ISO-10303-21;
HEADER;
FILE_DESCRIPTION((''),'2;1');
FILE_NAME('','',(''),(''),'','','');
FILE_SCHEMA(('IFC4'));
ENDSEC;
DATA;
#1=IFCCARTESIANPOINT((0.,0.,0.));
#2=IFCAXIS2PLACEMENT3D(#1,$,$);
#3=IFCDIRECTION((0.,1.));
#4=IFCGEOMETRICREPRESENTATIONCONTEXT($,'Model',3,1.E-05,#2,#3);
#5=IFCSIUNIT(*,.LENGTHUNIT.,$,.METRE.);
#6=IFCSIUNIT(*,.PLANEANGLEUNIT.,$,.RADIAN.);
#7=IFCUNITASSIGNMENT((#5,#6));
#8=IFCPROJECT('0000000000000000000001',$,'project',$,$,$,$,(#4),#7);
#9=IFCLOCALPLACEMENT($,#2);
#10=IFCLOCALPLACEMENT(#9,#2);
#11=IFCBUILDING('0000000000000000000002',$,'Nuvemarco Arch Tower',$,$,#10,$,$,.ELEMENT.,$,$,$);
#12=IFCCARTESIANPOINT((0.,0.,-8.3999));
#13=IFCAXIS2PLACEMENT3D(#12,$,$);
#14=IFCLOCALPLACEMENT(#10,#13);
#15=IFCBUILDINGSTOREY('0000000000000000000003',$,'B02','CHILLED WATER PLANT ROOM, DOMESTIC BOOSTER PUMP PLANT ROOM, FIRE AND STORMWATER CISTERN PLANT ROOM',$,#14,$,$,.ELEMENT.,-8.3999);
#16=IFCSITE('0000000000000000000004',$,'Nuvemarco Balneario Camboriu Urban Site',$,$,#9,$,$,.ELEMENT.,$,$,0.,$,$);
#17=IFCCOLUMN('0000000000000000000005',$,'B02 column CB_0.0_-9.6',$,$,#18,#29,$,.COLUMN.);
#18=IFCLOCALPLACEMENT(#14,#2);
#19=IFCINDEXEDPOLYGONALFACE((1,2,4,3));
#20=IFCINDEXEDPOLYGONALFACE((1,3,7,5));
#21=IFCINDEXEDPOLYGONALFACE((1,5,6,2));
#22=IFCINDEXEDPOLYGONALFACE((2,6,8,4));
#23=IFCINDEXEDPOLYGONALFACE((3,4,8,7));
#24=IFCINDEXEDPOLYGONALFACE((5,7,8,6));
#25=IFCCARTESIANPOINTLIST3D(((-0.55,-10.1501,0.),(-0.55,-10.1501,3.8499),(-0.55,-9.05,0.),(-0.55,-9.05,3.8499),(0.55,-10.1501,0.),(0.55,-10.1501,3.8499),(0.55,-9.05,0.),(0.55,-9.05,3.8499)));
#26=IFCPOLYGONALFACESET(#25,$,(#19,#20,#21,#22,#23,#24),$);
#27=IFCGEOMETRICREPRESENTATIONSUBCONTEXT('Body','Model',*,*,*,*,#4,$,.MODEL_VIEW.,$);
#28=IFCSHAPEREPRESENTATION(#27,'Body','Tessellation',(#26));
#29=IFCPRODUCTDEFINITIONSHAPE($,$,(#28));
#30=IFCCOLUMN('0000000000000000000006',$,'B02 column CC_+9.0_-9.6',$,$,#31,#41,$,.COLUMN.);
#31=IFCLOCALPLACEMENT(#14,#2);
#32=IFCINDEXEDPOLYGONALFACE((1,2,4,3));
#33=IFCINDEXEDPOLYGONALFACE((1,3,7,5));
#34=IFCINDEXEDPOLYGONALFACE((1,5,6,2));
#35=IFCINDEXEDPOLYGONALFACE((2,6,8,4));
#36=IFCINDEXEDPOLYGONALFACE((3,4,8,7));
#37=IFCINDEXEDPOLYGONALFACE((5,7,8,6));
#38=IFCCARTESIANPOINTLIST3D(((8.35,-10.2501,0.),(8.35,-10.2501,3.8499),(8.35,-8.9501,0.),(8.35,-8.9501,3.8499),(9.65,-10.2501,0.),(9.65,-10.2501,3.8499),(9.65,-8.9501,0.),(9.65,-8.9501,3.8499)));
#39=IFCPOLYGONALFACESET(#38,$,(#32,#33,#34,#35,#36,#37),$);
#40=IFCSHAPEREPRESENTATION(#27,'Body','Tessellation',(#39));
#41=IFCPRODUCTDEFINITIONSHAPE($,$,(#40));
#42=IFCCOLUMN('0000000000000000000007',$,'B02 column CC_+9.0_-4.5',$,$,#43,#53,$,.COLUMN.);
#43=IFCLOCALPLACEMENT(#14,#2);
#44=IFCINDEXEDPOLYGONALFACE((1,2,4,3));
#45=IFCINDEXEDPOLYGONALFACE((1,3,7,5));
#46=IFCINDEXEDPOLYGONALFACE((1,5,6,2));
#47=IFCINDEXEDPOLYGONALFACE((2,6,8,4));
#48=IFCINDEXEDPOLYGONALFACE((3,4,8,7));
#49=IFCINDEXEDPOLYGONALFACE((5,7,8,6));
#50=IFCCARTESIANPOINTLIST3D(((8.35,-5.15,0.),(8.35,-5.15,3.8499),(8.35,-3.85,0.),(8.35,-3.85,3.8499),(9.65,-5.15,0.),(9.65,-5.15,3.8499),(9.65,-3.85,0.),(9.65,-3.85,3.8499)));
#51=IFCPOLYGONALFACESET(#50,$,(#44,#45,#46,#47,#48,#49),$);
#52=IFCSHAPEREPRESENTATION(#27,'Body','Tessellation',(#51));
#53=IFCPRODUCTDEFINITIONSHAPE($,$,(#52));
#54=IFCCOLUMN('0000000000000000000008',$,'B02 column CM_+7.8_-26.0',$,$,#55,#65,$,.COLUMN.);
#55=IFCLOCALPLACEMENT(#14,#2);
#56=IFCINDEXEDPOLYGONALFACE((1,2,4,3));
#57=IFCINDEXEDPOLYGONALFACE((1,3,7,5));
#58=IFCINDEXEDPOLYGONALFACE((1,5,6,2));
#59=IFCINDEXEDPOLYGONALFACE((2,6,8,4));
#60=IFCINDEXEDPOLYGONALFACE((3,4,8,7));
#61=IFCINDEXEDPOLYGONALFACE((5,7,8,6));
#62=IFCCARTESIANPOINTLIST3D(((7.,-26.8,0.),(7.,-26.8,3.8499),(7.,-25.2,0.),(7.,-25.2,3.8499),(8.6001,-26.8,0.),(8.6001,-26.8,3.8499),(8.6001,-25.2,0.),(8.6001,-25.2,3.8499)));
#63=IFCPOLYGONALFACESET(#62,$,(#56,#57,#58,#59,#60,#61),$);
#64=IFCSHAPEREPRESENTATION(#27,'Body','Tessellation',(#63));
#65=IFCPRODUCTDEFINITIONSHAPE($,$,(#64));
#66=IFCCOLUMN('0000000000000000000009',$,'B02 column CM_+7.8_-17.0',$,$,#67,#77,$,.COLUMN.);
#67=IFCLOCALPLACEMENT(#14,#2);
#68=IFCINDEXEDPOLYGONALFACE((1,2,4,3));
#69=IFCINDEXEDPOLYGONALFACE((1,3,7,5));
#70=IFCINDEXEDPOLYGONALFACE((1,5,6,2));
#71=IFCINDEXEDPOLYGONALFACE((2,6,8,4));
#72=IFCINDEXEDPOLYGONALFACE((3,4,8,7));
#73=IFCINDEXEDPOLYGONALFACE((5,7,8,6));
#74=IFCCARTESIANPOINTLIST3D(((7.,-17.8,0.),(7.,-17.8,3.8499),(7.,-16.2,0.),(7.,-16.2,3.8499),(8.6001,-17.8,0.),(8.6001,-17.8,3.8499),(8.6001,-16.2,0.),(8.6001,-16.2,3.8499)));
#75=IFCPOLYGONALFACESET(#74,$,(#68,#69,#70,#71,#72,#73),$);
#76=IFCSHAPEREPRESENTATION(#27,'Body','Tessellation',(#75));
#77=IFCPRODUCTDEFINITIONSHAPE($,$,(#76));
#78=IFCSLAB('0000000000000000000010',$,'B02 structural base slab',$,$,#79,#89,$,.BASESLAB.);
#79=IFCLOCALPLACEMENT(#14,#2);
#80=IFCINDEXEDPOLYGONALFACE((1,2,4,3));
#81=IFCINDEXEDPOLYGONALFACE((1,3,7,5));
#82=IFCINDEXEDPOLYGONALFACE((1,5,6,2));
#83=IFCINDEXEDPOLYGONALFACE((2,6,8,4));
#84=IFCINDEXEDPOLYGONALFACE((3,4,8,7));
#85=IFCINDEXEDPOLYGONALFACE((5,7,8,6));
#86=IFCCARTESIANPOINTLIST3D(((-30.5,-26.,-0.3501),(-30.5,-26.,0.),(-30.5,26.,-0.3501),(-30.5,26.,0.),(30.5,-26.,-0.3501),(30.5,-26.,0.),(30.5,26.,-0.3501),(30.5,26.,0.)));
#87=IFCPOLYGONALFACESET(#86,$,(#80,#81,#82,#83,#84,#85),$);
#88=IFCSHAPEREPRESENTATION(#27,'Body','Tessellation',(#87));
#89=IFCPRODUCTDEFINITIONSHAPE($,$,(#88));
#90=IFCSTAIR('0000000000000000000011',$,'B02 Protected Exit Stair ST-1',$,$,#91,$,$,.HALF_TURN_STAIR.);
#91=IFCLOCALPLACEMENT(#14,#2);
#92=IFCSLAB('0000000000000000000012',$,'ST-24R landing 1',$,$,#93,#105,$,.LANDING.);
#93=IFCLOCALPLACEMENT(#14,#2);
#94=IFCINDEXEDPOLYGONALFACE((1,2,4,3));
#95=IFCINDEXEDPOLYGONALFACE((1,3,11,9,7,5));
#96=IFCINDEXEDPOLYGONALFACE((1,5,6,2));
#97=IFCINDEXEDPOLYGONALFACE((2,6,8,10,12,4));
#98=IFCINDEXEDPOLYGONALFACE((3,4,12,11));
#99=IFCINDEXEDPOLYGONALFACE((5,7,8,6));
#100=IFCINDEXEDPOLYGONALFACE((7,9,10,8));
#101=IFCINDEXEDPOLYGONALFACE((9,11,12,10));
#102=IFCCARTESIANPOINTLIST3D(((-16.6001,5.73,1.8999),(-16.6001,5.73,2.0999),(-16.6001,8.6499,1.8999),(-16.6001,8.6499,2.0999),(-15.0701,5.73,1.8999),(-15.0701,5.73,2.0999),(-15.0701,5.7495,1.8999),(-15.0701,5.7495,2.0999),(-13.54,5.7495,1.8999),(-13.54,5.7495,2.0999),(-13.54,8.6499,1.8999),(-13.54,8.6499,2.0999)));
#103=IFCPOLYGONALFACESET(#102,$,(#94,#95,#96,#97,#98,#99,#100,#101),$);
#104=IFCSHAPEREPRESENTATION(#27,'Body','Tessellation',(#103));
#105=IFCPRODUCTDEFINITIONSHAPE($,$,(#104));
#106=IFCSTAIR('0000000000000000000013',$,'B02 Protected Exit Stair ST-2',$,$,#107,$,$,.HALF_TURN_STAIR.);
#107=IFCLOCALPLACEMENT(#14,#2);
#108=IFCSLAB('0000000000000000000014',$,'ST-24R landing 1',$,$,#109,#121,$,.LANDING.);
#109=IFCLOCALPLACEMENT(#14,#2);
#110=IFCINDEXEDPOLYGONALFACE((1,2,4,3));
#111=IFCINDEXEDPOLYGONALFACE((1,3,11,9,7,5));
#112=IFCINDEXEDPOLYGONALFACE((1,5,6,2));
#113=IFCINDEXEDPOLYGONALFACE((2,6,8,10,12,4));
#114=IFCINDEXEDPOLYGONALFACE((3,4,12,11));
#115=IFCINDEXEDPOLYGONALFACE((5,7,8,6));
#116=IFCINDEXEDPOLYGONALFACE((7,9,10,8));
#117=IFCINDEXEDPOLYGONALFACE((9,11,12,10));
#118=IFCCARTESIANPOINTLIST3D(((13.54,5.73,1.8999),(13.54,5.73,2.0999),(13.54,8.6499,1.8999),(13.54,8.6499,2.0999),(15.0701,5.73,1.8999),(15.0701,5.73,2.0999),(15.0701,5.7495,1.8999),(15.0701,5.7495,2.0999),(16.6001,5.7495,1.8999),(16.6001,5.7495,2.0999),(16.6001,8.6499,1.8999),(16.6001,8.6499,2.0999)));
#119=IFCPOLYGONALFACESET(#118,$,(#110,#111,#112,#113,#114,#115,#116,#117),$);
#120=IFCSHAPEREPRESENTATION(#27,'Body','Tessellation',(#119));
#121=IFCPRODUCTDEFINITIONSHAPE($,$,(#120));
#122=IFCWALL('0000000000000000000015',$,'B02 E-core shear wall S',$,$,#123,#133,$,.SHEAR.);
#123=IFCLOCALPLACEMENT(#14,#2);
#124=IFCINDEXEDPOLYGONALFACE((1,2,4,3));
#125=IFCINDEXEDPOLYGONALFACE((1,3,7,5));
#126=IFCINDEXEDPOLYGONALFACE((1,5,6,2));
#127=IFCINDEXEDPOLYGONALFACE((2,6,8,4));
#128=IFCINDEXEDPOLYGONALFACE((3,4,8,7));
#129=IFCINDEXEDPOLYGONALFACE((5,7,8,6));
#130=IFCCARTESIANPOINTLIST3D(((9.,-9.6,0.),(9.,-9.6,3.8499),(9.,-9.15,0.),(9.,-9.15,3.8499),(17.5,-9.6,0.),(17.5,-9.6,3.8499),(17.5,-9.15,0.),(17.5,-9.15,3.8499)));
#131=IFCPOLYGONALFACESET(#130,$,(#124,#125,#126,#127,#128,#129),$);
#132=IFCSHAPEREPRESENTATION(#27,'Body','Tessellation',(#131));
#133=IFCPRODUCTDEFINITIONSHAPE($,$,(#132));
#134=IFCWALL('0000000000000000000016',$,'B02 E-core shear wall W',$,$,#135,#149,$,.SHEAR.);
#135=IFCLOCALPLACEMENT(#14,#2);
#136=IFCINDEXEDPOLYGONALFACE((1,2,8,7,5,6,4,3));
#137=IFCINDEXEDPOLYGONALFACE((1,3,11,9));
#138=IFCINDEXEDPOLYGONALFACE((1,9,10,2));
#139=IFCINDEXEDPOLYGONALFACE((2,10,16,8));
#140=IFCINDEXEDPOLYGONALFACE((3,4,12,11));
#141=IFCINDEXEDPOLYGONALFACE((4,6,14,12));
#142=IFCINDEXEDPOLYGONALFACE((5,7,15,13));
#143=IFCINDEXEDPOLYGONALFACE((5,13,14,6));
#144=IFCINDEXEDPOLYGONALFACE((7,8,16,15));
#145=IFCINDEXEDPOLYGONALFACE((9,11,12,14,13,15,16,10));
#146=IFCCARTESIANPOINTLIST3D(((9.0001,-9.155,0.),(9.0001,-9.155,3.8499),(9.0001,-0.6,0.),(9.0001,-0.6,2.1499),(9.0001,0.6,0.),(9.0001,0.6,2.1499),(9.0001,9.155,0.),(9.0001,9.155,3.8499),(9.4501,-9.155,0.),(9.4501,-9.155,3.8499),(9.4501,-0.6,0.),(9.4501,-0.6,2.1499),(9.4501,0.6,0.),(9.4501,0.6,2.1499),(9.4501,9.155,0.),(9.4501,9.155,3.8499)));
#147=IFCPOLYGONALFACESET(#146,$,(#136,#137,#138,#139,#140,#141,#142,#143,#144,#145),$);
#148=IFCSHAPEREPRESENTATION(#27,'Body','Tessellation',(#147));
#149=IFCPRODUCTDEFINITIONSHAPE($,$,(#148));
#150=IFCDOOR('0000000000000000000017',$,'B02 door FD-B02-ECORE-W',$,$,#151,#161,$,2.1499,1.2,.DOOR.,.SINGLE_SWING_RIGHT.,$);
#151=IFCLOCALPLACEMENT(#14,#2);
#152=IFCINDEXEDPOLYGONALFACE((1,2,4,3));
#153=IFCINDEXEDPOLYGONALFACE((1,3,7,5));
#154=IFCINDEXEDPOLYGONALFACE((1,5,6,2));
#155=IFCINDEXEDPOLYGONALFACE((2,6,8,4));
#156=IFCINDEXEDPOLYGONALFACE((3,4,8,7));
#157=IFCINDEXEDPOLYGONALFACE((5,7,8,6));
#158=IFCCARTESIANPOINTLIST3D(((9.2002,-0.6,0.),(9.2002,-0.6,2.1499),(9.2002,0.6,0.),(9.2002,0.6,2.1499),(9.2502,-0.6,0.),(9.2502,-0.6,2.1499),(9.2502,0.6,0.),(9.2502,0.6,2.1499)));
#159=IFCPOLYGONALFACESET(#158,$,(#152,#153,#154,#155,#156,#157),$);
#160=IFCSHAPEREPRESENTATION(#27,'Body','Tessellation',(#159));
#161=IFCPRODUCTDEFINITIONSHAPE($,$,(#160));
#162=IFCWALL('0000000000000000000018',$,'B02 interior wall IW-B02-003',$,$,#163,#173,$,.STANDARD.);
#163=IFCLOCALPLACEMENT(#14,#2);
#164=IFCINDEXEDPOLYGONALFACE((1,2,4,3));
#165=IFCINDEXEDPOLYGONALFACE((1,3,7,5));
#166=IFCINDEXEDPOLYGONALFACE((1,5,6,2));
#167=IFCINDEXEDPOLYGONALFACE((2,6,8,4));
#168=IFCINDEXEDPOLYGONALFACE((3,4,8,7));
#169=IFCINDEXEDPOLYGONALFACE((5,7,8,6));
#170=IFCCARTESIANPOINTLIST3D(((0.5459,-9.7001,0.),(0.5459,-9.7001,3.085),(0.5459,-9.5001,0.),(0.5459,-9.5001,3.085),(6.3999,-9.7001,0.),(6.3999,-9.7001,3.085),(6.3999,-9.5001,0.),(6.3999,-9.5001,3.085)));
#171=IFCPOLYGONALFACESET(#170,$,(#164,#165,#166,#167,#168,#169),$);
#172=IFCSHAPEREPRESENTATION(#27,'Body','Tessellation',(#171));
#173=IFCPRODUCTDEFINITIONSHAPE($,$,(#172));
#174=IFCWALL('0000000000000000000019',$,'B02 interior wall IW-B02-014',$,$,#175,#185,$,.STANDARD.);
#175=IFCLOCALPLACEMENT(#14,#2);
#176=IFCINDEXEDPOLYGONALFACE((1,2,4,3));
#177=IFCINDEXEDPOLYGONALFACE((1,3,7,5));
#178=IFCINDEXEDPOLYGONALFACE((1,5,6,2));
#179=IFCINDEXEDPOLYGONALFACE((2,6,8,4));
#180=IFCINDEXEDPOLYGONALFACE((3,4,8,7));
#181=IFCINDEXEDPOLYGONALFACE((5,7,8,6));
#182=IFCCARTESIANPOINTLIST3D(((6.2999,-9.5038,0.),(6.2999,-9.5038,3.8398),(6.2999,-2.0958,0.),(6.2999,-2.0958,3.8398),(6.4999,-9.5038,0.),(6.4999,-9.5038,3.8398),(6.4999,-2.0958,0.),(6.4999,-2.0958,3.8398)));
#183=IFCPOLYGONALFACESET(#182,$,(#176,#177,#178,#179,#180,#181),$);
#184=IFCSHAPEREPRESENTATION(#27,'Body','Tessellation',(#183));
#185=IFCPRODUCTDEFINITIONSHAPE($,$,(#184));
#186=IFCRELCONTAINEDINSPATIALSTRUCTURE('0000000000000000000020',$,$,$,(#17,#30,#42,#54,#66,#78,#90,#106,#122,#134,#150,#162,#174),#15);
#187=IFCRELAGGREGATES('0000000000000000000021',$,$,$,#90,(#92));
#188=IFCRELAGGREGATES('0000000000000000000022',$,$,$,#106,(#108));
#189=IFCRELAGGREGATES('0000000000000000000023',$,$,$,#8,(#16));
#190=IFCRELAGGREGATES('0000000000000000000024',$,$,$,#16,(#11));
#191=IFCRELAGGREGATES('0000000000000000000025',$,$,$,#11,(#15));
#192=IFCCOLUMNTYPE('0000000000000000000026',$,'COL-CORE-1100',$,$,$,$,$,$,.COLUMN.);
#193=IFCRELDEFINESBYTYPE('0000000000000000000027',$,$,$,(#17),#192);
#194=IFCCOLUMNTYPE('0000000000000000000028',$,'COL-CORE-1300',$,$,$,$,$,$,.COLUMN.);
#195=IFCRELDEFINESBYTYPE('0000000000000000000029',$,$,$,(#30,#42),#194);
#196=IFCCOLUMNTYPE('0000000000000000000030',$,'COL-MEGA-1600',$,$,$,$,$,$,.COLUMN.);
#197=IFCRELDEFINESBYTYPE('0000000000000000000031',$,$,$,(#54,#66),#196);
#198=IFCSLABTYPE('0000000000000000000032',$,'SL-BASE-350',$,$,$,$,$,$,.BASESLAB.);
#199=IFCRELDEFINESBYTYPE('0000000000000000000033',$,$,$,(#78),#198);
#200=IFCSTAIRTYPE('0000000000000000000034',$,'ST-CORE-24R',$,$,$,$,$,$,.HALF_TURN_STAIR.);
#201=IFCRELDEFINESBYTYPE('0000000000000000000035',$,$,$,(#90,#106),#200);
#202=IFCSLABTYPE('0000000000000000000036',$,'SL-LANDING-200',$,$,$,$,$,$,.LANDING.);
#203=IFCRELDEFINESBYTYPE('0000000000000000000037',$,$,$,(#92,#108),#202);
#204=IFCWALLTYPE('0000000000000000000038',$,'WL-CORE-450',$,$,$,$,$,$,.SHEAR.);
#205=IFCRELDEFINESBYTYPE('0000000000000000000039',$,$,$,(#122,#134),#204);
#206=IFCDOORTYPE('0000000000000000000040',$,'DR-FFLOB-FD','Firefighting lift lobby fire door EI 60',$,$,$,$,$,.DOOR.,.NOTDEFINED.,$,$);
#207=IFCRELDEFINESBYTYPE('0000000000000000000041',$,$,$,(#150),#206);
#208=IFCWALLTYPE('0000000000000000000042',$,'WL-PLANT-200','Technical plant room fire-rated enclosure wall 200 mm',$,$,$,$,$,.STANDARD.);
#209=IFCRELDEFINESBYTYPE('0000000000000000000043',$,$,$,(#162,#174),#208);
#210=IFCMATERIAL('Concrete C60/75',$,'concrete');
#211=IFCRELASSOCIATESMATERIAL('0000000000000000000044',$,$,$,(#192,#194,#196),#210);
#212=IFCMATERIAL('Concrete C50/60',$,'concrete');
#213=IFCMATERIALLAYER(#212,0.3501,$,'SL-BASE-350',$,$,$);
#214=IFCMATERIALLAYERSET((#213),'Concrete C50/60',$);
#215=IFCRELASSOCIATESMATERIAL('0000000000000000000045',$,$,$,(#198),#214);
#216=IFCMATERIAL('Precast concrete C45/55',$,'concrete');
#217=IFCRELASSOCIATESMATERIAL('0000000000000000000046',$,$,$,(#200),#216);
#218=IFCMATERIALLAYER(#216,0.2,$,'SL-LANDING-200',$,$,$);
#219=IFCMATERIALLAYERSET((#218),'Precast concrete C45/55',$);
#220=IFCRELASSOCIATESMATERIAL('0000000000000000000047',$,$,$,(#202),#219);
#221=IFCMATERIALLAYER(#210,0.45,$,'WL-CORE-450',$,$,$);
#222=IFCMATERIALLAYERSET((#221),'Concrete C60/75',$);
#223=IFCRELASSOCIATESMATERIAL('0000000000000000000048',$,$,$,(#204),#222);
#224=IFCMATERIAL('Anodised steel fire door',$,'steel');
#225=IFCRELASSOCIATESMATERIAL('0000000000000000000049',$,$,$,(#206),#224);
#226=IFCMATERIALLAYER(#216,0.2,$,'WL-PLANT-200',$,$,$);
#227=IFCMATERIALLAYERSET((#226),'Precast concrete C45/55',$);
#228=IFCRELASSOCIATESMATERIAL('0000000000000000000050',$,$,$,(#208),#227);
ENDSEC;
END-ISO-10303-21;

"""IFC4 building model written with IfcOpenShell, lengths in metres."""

from ifc_helpers import new_model, si_unit, direction, frame, frame_2d, origin, origin_2d, place, context, subcontext, project, spatial, polyline, rectangle, outline, extrude, source, transform, mapped, material, layer, layer_set, material_profile, profile_set, type_object, type_shapes, element, fill, aggregate, save


model = new_model("IFC4")

# Units and contexts
model_context = context("Model", 3, precision=1e-05, world=origin(), true_north=direction((0.0, 1.0)))
body_context = subcontext(model_context, "Body", "Model", "MODEL_VIEW")
ifc_project = project(units=[si_unit("LENGTHUNIT", "METRE"), si_unit("PLANEANGLEUNIT", "RADIAN")], contexts=[model_context])

# Site, building, storey
site_placement = place(None, origin())
site = spatial("IfcSite", under=ifc_project, at=site_placement, Name="Nuvemarco Balneario Camboriu Urban Site", CompositionType="ELEMENT", RefElevation=0.0)
building_placement = place(site_placement, origin())
building = spatial("IfcBuilding", under=site, at=building_placement, Name="Nuvemarco Arch Tower", CompositionType="ELEMENT")
storey_placement = place(building_placement, frame((0.0, 0.0, -8.3999)))
storey = spatial("IfcBuildingStorey", under=building, at=storey_placement, Name="B02", Description="CHILLED WATER PLANT ROOM, DOMESTIC BOOSTER PUMP PLANT ROOM, FIRE AND STORMWATER CISTERN PLANT ROOM", CompositionType="ELEMENT", Elevation=-8.3999)

# Shared definitions
ifc_material_1 = material(Name="Concrete C50/60", Category="concrete")

# Columns
ifc_material_2 = material(Name="Concrete C60/75", Category="concrete")
ifc_material_profile_1 = material_profile(ifc_material_2, rectangle(XDim=1.1001, YDim=1.1001, at=origin_2d()), Name="RC-COL-1100x1100")
ifc_profile_set_1 = profile_set([ifc_material_profile_1], Name="Concrete C60/75")
column_type_1 = type_object("IfcColumnType", Name="COL-CORE-1100", PredefinedType="COLUMN", material=ifc_profile_set_1)
for number, where, z_axis, x_axis, name in (
    (1, (0.0, -9.6001, 0.0), (0.0, 0.0, 1.0), (1.0, 0.0, 0.0), "B02 column CB_0.0_-9.6"),
):
    element("IfcColumn", number, at=place(storey_placement, frame(where, z_axis=z_axis, x_axis=x_axis)), inside=storey, type_object=column_type_1, Name=name, PredefinedType="COLUMN", context=body_context, shape_type="SweptSolid", body=[
        extrude(rectangle(XDim=1.1001, YDim=1.1001, at=origin_2d()), origin(), (0.0, 0.0, 1.0), 3.8499),
    ])
ifc_material_profile_2 = material_profile(ifc_material_2, rectangle(XDim=1.3, YDim=1.3, at=origin_2d()), Name="RC-COL-1300x1300")
ifc_profile_set_2 = profile_set([ifc_material_profile_2], Name="Concrete C60/75")
column_type_2 = type_object("IfcColumnType", Name="COL-CORE-1300", PredefinedType="COLUMN", material=ifc_profile_set_2)
for number, where, z_axis, x_axis, name in (
    (2, (9.0, -9.6001, 0.0), (0.0, 0.0, 1.0), (1.0, 0.0, 0.0), "B02 column CC_+9.0_-9.6"),
    (3, (9.0, -4.5, 0.0), (0.0, 0.0, 1.0), (1.0, 0.0, 0.0), "B02 column CC_+9.0_-4.5"),
):
    element("IfcColumn", number, at=place(storey_placement, frame(where, z_axis=z_axis, x_axis=x_axis)), inside=storey, type_object=column_type_2, Name=name, PredefinedType="COLUMN", context=body_context, shape_type="SweptSolid", body=[
        extrude(rectangle(XDim=1.3, YDim=1.3, at=origin_2d()), origin(), (0.0, 0.0, 1.0), 3.8499),
    ])
ifc_material_profile_3 = material_profile(ifc_material_2, rectangle(XDim=1.6001, YDim=1.6001, at=origin_2d()), Name="RC-COL-1600x1600")
ifc_profile_set_3 = profile_set([ifc_material_profile_3], Name="Concrete C60/75")
column_type_3 = type_object("IfcColumnType", Name="COL-MEGA-1600", PredefinedType="COLUMN", material=ifc_profile_set_3)
for number, where, z_axis, x_axis, name in (
    (4, (7.8, -26.0, 0.0), (0.0, 0.0, 1.0), (1.0, 0.0, 0.0), "B02 column CM_+7.8_-26.0"),
    (5, (7.8, -17.0, 0.0), (0.0, 0.0, 1.0), (1.0, 0.0, 0.0), "B02 column CM_+7.8_-17.0"),
):
    element("IfcColumn", number, at=place(storey_placement, frame(where, z_axis=z_axis, x_axis=x_axis)), inside=storey, type_object=column_type_3, Name=name, PredefinedType="COLUMN", context=body_context, shape_type="SweptSolid", body=[
        extrude(rectangle(XDim=1.6001, YDim=1.6001, at=origin_2d()), origin(), (0.0, 0.0, 1.0), 3.8499),
    ])

# Slab
ifc_layer_1 = layer(ifc_material_1, 0.3501, Name="SL-BASE-350")
ifc_layer_set_1 = layer_set([ifc_layer_1], Name="Concrete C50/60")
slab_type_1 = type_object("IfcSlabType", Name="SL-BASE-350", PredefinedType="BASESLAB", material=ifc_layer_set_1)
slab_1_placement = place(storey_placement, frame((0.0, 0.0, -0.3501)))
element("IfcSlab", 6, at=slab_1_placement, inside=storey, type_object=slab_type_1, Name="B02 structural base slab", PredefinedType="BASESLAB", context=body_context, shape_type="SweptSolid", body=[
    extrude(outline(polyline([(-30.5, -26.0), (30.5, -26.0), (30.5, 26.0), (-30.5, 26.0), (-30.5, -26.0)])), origin(), (0.0, 0.0, 1.0), 0.3501),
])

# Stairs, slabs
ifc_material_3 = material(Name="Precast concrete C45/55", Category="concrete")
stair_type = type_object("IfcStairType", Name="ST-CORE-24R", PredefinedType="HALF_TURN_STAIR", material=ifc_material_3)
stair_1_placement = place(storey_placement, origin())
stair_1 = element("IfcStair", 7, at=stair_1_placement, inside=storey, type_object=stair_type, Name="B02 Protected Exit Stair ST-1", PredefinedType="HALF_TURN_STAIR")
ifc_layer_2 = layer(ifc_material_3, 0.2, Name="SL-LANDING-200")
ifc_layer_set_2 = layer_set([ifc_layer_2], Name="Precast concrete C45/55")
slab_type_2 = type_object("IfcSlabType", Name="SL-LANDING-200", PredefinedType="LANDING", material=ifc_layer_set_2)
slab_2_placement = place(storey_placement, frame((0.0, 0.0, 1.8999)))
slab_2 = element("IfcSlab", 8, at=slab_2_placement, type_object=slab_type_2, Name="ST-24R landing 1", PredefinedType="LANDING", context=body_context, shape_type="SweptSolid", body=[
    extrude(outline(polyline([(-13.54, 5.7495), (-13.54, 8.6499), (-16.6001, 8.6499), (-16.6001, 5.73), (-15.0701, 5.73), (-15.0701, 5.7495), (-13.54, 5.7495)])), origin(), (0.0, 0.0, 1.0), 0.2),
])
aggregate(stair_1, [slab_2])
stair_2_placement = place(storey_placement, origin())
stair_2 = element("IfcStair", 9, at=stair_2_placement, inside=storey, type_object=stair_type, Name="B02 Protected Exit Stair ST-2", PredefinedType="HALF_TURN_STAIR")
slab_3_placement = place(storey_placement, frame((0.0, 0.0, 1.8999)))
slab_3 = element("IfcSlab", 10, at=slab_3_placement, type_object=slab_type_2, Name="ST-24R landing 1", PredefinedType="LANDING", context=body_context, shape_type="SweptSolid", body=[
    extrude(outline(polyline([(16.6001, 5.7495), (16.6001, 8.6499), (13.54, 8.6499), (13.54, 5.73), (15.0701, 5.73), (15.0701, 5.7495), (16.6001, 5.7495)])), origin(), (0.0, 0.0, 1.0), 0.2),
])
aggregate(stair_2, [slab_3])

# Wall
ifc_layer_3 = layer(ifc_material_2, 0.45, Name="WL-CORE-450")
ifc_layer_set_3 = layer_set([ifc_layer_3], Name="Concrete C60/75")
wall_type_1 = type_object("IfcWallType", Name="WL-CORE-450", PredefinedType="SHEAR", material=ifc_layer_set_3)
wall_1_placement = place(storey_placement, frame((9.0, -9.375, 0.0), z_axis=(0.0, 0.0, 1.0), x_axis=(1.0, 0.0, 0.0)))
element("IfcWall", 11, at=wall_1_placement, inside=storey, type_object=wall_type_1, Name="B02 E-core shear wall S", PredefinedType="SHEAR", context=body_context, shape_type="SweptSolid", body=[
    extrude(rectangle(XDim=8.5, YDim=0.45, at=frame_2d((4.25, 0.0))), origin(), (0.0, 0.0, 1.0), 3.8499),
])

# Wall, opening, door
wall_2_placement = place(storey_placement, frame((9.2251, -9.155, 0.0), z_axis=(0.0, 0.0, 1.0), x_axis=(0.0, 1.0, 0.0)))
wall_2 = element("IfcWall", 12, at=wall_2_placement, inside=storey, type_object=wall_type_1, Name="B02 E-core shear wall W", PredefinedType="SHEAR", context=body_context, shape_type="SweptSolid", body=[
    extrude(rectangle(XDim=18.3101, YDim=0.45, at=frame_2d((9.155, 0.0))), origin(), (0.0, 0.0, 1.0), 3.8499),
])
opening_placement = place(wall_2_placement, frame((8.5549, 0.0, 0.0)))
opening = element("IfcOpeningElement", 13, at=opening_placement, cuts=wall_2, PredefinedType="OPENING", context=body_context, shape_type="SweptSolid", body=[
    extrude(rectangle(XDim=1.2, YDim=2.1499, at=frame_2d((0.6001, 1.075))), frame((0.0, 0.2349, 0.0), z_axis=(0.0, -1.0, 0.0), x_axis=(1.0, 0.0, 0.0)), (0.0, 0.0, 1.0), 0.47),
])
ifc_material_4 = material(Name="Anodised steel fire door", Category="steel")
door_type = type_object("IfcDoorType", Name="DR-FFLOB-FD", Description="Firefighting lift lobby fire door EI 60", OperationType="NOTDEFINED", PredefinedType="DOOR", material=ifc_material_4)
shared_shape_1 = source(origin(), body_context, "Body", "SweptSolid", [
    extrude(rectangle(XDim=1.2, YDim=2.1499, at=frame_2d((0.6001, 1.075))), frame((0.0, 0.0249, 0.0), z_axis=(0.0, -1.0, 0.0), x_axis=(1.0, 0.0, 0.0)), (0.0, 0.0, 1.0), 0.05),
])
type_shapes(door_type, [shared_shape_1])
door_placement = place(opening_placement, origin())
door = element("IfcDoor", 14, at=door_placement, inside=storey, type_object=door_type, Name="B02 door FD-B02-ECORE-W", OperationType="SINGLE_SWING_RIGHT", OverallHeight=2.1499, OverallWidth=1.2, PredefinedType="DOOR", context=body_context, shape_type="MappedRepresentation", body=[
    mapped(shared_shape_1, transform((0.0, 0.0, 0.0), scale=1.0)),
])
fill(opening, door)

# Walls
ifc_layer_4 = layer(ifc_material_3, 0.2, Name="WL-PLANT-200")
ifc_layer_set_4 = layer_set([ifc_layer_4], Name="Precast concrete C45/55")
wall_type_2 = type_object("IfcWallType", Name="WL-PLANT-200", Description="Technical plant room fire-rated enclosure wall 200 mm", PredefinedType="STANDARD", material=ifc_layer_set_4)
wall_3_placement = place(storey_placement, frame((0.5459, -9.6001, 0.0), z_axis=(0.0, 0.0, 1.0), x_axis=(1.0, 0.0, 0.0)))
element("IfcWall", 15, at=wall_3_placement, inside=storey, type_object=wall_type_2, Name="B02 interior wall IW-B02-003", PredefinedType="STANDARD", context=body_context, shape_type="SweptSolid", body=[
    extrude(rectangle(XDim=5.854, YDim=0.2, at=frame_2d((2.927, 0.0))), origin(), (0.0, 0.0, 1.0), 3.085),
])
wall_4_placement = place(storey_placement, frame((6.3999, -9.5039, 0.0), z_axis=(0.0, 0.0, 1.0), x_axis=(0.0, 1.0, 0.0)))
element("IfcWall", 16, at=wall_4_placement, inside=storey, type_object=wall_type_2, Name="B02 interior wall IW-B02-014", PredefinedType="STANDARD", context=body_context, shape_type="SweptSolid", body=[
    extrude(rectangle(XDim=7.408, YDim=0.2, at=frame_2d((3.7041, 0.0))), origin(), (0.0, 0.0, 1.0), 3.8398),
])

save(model, "model.ifc")
